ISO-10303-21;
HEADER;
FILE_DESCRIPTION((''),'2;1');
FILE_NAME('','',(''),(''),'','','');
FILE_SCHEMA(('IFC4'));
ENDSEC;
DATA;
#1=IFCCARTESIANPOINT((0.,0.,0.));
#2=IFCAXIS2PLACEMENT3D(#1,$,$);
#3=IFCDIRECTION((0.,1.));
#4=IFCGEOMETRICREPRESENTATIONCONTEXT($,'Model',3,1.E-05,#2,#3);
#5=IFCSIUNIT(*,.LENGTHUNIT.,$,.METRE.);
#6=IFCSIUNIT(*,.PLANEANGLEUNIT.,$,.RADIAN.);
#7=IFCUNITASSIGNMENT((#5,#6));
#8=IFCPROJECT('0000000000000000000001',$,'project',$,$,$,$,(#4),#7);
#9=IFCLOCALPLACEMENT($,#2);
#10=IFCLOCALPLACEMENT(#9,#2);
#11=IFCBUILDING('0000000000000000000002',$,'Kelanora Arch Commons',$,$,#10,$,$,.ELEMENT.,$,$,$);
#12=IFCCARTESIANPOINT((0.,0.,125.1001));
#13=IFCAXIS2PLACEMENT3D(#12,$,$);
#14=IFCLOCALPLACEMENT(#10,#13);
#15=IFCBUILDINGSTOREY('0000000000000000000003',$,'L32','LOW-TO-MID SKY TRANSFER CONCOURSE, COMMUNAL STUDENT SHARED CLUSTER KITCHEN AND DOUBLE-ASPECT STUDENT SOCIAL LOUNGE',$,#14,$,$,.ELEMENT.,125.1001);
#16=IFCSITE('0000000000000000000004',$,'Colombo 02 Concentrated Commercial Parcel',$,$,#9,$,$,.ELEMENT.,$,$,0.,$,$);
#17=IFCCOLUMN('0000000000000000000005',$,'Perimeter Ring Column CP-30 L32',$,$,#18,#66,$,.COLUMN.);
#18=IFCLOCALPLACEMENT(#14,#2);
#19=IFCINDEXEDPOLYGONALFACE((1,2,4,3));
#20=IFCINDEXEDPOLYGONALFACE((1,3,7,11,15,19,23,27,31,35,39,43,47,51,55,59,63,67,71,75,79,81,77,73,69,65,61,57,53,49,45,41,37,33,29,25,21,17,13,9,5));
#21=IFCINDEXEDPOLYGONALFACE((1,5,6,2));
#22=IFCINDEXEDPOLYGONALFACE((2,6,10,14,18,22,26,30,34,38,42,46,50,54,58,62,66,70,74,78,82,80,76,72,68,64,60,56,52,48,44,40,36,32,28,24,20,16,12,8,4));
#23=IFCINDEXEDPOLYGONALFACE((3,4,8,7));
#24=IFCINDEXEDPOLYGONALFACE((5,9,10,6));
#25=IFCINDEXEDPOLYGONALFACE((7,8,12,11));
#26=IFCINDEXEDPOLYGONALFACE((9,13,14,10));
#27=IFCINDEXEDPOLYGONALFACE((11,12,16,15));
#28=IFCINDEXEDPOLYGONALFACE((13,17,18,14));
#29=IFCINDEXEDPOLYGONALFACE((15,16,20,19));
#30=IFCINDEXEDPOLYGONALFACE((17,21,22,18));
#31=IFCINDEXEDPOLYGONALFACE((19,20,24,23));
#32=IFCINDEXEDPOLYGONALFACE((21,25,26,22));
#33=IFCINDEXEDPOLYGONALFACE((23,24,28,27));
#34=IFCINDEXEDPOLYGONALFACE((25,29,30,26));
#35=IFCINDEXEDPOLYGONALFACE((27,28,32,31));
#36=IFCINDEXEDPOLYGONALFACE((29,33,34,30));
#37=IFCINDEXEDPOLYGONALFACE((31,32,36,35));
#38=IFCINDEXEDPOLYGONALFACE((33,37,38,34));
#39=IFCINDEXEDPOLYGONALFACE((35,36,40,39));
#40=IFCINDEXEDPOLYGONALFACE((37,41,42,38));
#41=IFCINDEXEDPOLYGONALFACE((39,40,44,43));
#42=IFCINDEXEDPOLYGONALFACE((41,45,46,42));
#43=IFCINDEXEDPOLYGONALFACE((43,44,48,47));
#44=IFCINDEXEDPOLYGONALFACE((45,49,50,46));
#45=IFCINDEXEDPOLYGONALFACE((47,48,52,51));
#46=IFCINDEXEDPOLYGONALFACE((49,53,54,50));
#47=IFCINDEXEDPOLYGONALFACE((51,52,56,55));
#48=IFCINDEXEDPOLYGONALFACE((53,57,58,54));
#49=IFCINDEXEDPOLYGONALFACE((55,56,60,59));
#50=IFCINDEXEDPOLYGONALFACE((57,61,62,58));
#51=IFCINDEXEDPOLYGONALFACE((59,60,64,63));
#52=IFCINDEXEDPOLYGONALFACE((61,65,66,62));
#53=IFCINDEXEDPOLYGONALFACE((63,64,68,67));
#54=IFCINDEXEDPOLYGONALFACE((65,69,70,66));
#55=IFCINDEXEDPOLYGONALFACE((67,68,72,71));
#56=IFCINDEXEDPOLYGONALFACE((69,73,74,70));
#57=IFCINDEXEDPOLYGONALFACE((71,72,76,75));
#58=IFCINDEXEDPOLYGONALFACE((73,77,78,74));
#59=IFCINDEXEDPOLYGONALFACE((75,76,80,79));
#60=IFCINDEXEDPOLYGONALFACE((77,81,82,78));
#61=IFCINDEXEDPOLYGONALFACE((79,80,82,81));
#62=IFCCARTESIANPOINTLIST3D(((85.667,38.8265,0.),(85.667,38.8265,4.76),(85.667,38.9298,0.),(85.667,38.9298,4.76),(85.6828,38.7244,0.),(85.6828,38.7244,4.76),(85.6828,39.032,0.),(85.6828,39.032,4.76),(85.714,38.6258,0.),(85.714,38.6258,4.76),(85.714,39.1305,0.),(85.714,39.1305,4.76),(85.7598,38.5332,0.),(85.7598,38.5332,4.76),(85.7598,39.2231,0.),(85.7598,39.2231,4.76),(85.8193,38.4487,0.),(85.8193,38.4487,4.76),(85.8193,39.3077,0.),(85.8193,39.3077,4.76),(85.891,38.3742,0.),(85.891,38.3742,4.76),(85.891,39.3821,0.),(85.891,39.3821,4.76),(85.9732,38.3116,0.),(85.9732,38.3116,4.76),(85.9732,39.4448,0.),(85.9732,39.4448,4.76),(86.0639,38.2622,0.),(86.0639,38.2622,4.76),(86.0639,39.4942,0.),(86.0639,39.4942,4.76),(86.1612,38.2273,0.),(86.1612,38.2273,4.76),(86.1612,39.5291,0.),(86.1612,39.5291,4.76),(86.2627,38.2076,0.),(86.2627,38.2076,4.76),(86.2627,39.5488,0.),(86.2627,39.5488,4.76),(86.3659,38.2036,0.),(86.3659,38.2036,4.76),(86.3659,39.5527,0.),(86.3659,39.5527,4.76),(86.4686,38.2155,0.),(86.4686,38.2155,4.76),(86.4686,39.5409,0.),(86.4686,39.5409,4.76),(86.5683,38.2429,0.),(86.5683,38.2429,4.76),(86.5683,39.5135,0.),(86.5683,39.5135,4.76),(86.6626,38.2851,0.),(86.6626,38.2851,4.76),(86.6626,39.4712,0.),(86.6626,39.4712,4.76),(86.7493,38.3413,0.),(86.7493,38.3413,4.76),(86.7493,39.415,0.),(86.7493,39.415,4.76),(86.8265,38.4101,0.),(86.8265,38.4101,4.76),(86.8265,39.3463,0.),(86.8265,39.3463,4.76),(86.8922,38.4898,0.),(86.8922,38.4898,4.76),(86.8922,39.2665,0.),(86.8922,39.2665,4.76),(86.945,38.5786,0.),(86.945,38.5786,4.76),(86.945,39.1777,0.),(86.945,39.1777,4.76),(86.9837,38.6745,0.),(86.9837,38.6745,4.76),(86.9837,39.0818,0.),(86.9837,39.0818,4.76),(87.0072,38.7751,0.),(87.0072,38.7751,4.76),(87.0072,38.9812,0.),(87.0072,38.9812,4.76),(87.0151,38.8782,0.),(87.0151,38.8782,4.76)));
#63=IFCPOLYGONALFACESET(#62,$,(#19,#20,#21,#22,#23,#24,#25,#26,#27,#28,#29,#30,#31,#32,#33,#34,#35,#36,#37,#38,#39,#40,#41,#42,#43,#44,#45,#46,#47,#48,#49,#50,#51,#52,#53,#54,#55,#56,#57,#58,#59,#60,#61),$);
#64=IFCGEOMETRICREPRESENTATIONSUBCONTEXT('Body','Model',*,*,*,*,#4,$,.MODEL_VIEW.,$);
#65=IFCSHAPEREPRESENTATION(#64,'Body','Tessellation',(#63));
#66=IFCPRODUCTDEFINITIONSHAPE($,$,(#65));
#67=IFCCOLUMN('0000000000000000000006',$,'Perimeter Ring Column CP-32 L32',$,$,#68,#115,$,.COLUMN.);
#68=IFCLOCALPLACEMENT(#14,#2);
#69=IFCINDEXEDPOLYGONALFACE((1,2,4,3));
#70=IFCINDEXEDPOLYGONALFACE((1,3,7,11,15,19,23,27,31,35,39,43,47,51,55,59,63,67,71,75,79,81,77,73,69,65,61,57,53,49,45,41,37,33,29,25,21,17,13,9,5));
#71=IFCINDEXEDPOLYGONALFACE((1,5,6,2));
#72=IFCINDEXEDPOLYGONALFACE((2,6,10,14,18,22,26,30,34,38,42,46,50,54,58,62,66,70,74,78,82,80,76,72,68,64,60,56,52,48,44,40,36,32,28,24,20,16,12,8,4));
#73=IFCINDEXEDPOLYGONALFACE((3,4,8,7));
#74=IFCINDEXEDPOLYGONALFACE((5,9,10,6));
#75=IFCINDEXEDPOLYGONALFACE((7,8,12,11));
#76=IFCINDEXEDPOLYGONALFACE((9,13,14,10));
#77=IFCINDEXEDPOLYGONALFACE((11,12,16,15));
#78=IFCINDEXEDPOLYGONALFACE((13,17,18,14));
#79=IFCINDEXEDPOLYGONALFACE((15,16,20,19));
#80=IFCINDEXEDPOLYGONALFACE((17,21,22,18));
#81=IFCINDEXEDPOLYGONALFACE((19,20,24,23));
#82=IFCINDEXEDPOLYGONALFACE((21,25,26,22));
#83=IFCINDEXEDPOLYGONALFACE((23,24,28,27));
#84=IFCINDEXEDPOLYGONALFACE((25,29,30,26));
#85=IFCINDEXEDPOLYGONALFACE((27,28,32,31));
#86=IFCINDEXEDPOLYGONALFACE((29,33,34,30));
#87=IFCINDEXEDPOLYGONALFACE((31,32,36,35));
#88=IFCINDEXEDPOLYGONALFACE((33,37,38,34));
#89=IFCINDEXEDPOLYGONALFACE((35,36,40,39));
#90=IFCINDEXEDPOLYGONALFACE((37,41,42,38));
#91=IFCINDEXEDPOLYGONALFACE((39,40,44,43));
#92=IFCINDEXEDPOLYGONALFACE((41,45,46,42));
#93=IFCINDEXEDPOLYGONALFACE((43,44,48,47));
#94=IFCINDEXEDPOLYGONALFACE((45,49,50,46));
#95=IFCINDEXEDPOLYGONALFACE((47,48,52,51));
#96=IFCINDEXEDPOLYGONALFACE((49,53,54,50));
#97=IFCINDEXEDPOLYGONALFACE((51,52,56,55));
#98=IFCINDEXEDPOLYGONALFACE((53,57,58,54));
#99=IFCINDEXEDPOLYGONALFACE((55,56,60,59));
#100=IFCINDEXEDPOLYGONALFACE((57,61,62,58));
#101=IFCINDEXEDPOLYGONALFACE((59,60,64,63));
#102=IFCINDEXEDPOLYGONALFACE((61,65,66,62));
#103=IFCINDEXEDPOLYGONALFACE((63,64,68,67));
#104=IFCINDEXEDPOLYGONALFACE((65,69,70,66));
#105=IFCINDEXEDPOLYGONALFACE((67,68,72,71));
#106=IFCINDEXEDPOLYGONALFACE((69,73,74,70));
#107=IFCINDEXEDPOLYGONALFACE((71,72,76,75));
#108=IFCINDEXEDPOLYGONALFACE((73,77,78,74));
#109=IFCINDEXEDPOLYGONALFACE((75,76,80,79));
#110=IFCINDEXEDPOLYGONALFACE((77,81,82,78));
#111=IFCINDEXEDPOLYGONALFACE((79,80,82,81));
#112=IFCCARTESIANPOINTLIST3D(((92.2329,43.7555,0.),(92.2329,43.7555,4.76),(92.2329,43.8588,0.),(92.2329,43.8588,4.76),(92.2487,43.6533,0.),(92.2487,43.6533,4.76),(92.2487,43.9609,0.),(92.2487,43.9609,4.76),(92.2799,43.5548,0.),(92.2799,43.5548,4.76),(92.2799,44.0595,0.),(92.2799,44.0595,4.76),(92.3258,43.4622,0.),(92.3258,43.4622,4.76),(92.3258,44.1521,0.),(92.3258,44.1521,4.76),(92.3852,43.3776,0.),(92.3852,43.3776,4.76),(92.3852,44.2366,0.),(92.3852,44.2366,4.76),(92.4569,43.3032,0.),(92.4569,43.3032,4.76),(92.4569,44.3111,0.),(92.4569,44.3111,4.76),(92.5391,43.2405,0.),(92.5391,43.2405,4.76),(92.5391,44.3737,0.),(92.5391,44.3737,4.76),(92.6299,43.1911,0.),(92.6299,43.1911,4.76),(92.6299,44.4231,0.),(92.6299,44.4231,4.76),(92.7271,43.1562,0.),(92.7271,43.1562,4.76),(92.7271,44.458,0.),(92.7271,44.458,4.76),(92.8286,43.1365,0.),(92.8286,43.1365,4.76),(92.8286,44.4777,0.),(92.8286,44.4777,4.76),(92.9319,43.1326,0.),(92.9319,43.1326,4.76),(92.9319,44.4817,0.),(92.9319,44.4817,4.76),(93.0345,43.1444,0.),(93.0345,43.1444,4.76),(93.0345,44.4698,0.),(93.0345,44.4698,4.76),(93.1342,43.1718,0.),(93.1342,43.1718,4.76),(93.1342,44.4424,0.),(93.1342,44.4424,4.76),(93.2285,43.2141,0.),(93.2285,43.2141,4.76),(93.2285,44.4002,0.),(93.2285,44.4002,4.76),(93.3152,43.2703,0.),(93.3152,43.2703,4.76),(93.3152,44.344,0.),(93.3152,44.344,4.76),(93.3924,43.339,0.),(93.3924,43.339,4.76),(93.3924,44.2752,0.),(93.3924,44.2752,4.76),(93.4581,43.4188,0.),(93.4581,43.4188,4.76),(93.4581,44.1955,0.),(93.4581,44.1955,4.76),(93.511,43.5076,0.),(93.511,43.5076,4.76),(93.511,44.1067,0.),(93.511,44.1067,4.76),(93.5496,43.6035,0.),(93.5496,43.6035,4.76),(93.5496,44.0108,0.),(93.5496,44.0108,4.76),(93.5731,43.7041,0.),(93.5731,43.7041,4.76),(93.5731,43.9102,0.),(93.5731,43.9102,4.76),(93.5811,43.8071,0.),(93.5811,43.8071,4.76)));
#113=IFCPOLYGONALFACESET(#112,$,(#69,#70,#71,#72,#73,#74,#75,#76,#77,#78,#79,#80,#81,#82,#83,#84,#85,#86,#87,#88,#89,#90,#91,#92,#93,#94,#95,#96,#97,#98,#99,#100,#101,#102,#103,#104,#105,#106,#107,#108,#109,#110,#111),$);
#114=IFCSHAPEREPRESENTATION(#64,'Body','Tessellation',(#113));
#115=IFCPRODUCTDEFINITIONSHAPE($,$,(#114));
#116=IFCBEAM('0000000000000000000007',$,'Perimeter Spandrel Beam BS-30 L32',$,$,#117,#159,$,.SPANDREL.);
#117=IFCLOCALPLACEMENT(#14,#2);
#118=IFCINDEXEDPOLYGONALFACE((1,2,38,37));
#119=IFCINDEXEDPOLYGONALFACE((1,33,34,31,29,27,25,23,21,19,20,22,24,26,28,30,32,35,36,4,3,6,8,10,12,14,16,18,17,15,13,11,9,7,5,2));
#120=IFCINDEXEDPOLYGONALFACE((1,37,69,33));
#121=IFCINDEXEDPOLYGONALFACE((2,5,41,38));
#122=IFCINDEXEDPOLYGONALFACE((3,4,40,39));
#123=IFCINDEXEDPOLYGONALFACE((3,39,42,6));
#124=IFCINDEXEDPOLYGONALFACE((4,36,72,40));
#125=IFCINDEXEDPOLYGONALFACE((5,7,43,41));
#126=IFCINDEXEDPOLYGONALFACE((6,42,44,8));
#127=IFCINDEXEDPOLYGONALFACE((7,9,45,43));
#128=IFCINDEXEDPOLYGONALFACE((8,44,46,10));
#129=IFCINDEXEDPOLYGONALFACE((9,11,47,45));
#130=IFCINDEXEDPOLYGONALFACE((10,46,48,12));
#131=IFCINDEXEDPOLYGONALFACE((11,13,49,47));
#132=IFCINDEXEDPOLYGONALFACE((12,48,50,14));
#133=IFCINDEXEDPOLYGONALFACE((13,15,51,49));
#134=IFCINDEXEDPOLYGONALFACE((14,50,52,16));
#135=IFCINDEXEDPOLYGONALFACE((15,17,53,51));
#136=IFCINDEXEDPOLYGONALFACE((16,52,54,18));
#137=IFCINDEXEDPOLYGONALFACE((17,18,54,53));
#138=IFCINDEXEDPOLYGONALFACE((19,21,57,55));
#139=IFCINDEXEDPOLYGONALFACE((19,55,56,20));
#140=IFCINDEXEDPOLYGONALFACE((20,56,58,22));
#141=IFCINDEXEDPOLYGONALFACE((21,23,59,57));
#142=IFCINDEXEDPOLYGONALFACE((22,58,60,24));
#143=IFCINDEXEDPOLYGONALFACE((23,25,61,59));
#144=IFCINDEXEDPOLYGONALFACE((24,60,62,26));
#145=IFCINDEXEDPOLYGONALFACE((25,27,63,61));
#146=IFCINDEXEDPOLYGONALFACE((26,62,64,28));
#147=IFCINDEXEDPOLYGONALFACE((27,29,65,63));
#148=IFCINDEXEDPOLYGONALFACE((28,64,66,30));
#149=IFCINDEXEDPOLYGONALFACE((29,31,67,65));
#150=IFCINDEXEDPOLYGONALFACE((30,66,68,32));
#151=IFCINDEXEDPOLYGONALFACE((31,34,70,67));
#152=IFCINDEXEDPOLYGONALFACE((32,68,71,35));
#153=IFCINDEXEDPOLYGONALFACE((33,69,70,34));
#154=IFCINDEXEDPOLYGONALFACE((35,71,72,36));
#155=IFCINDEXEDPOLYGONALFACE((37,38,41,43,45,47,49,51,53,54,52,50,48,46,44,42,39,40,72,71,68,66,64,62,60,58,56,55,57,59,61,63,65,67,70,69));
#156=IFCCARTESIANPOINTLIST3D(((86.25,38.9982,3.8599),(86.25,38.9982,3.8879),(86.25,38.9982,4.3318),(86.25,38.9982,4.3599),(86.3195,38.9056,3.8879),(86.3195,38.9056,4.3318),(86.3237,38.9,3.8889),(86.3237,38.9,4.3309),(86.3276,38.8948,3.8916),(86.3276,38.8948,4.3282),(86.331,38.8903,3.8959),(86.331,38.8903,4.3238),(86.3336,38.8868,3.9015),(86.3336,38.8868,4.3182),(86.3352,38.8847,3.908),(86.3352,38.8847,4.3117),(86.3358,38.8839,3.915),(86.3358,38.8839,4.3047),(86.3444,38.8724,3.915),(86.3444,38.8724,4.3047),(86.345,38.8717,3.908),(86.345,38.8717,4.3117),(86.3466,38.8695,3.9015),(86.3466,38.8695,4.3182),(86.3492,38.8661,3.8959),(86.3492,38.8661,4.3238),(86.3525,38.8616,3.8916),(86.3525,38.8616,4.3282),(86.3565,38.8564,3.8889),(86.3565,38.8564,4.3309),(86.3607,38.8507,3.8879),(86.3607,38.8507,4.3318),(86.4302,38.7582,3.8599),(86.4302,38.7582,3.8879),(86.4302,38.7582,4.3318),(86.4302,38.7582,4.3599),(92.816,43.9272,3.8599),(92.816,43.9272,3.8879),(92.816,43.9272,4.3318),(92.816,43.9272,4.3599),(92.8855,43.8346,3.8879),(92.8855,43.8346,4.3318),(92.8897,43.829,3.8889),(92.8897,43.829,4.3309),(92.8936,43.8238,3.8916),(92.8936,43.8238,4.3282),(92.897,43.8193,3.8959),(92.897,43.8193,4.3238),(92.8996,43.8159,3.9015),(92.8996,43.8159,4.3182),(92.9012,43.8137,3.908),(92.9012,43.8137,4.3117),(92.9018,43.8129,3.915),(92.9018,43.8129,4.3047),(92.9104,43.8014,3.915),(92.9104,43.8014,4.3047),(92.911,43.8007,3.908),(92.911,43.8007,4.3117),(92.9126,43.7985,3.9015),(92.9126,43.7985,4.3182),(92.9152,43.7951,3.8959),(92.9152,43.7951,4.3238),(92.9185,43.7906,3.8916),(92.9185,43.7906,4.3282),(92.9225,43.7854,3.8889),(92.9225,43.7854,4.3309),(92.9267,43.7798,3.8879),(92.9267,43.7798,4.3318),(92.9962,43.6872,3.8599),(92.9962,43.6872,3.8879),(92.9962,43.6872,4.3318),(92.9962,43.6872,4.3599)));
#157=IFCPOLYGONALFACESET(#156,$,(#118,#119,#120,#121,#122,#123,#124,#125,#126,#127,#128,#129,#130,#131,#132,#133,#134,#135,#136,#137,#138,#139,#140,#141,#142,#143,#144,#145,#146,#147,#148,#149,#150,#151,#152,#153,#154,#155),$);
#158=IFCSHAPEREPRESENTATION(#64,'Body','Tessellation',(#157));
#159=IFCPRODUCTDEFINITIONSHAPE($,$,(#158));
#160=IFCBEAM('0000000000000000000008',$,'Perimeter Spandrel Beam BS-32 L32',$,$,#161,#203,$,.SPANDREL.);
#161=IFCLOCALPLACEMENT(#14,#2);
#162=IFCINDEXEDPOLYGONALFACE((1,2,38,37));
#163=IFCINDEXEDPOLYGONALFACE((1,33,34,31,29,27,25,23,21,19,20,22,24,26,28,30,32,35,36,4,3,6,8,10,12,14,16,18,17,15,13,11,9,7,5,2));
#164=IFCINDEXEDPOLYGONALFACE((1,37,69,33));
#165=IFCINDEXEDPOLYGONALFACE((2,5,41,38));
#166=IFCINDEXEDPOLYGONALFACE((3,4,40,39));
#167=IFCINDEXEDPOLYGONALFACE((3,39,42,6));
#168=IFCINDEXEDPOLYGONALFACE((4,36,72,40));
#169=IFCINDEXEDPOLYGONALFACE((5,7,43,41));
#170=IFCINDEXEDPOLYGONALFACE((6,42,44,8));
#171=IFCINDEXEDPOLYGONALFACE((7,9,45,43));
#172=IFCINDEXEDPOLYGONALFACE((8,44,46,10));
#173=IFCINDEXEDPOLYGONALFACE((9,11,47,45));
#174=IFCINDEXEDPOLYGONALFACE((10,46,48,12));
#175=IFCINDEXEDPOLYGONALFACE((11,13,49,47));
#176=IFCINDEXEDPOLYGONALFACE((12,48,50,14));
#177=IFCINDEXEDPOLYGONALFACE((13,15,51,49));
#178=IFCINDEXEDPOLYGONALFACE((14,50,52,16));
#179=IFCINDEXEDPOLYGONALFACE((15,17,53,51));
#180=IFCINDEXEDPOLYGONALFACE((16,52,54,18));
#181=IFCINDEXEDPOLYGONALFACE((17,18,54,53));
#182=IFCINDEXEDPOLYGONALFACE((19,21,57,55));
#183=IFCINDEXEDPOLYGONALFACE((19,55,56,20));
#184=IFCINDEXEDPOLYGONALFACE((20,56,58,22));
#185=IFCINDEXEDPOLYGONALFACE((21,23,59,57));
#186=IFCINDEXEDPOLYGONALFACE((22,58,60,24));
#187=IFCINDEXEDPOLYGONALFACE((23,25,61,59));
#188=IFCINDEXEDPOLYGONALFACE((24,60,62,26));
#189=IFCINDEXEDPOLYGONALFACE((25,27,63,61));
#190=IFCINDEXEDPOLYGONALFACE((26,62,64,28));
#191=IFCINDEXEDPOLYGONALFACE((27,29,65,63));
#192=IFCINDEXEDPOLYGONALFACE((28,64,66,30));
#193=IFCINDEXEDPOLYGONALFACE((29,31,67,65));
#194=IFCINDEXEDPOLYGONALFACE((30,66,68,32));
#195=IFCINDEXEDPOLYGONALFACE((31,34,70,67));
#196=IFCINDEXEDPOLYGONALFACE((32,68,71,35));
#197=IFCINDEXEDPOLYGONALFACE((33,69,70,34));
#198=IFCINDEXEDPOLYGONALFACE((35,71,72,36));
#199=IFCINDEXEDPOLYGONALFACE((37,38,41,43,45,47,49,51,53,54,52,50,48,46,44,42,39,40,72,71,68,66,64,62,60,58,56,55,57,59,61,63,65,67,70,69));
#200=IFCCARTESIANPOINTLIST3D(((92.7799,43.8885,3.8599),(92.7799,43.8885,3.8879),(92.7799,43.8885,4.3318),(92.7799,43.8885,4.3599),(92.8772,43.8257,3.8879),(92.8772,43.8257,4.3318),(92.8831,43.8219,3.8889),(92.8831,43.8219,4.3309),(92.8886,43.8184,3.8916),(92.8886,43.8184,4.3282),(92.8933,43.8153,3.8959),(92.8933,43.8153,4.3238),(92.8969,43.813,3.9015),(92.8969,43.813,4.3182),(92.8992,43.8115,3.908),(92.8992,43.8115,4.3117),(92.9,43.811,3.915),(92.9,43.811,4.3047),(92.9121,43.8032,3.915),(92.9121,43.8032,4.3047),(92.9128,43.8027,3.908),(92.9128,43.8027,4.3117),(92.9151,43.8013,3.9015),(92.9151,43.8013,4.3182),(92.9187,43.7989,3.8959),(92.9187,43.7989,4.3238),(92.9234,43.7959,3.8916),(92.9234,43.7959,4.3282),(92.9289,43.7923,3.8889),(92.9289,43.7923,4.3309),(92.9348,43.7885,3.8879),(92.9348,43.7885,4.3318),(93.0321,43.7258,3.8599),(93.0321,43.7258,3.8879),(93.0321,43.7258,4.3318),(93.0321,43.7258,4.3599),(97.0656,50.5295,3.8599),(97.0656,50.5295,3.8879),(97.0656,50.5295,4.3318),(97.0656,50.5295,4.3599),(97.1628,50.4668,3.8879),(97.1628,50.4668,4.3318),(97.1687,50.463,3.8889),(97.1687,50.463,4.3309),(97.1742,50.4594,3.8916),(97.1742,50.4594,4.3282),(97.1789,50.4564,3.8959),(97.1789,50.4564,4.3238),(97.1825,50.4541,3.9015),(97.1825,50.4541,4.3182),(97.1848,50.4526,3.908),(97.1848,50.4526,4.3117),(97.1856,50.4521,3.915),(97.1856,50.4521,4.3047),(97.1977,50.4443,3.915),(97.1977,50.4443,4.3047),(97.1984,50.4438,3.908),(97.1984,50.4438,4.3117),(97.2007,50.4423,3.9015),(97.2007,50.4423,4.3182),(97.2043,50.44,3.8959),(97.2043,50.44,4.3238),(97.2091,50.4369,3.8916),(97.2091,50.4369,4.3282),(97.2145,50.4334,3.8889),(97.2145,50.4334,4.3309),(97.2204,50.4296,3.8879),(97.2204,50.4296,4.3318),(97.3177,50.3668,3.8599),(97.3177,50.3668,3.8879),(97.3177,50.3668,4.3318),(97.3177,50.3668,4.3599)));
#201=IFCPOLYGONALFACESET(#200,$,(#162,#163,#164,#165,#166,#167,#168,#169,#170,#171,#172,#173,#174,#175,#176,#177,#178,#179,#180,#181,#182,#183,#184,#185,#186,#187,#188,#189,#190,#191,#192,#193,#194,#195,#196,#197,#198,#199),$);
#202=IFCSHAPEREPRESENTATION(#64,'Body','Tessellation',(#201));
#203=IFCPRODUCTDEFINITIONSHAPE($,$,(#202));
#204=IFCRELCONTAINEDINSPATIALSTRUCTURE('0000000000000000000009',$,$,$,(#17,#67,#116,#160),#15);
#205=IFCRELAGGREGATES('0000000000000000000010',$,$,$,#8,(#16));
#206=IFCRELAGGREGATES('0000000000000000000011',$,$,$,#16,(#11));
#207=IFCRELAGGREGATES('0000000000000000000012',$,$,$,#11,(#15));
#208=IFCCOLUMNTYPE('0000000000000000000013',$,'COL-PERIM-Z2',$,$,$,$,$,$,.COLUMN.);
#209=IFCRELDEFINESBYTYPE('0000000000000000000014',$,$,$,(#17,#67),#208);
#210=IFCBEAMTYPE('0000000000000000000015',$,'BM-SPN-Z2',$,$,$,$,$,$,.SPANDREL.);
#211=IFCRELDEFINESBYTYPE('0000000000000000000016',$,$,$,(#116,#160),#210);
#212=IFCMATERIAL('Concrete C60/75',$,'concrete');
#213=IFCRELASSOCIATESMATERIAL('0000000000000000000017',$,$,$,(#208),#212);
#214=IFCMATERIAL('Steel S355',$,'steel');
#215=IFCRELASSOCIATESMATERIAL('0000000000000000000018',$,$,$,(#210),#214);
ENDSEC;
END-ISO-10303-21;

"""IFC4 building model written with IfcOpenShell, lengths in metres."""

from ifc_helpers import new_model, si_unit, direction, frame, origin, origin_2d, place, context, subcontext, project, spatial, circle, i_section, extrude, material, material_profile, profile_set, type_object, element, save


model = new_model("IFC4")

# Units and contexts
model_context = context("Model", 3, precision=1e-05, world=origin(), true_north=direction((0.0, 1.0)))
body_context = subcontext(model_context, "Body", "Model", "MODEL_VIEW")
ifc_project = project(units=[si_unit("LENGTHUNIT", "METRE"), si_unit("PLANEANGLEUNIT", "RADIAN")], contexts=[model_context])

# Site, building, storey
site_placement = place(None, origin())
site = spatial("IfcSite", under=ifc_project, at=site_placement, Name="Colombo 02 Concentrated Commercial Parcel", CompositionType="ELEMENT", RefElevation=0.0)
building_placement = place(site_placement, origin())
building = spatial("IfcBuilding", under=site, at=building_placement, Name="Kelanora Arch Commons", CompositionType="ELEMENT")
storey_placement = place(building_placement, frame((0.0, 0.0, 125.1001)))
storey = spatial("IfcBuildingStorey", under=building, at=storey_placement, Name="L32", Description="LOW-TO-MID SKY TRANSFER CONCOURSE, COMMUNAL STUDENT SHARED CLUSTER KITCHEN AND DOUBLE-ASPECT STUDENT SOCIAL LOUNGE", CompositionType="ELEMENT", Elevation=125.1001)

# Columns
ifc_material_1 = material(Name="Concrete C60/75", Category="concrete")
ifc_material_profile_1 = material_profile(ifc_material_1, circle(Radius=0.675, at=origin_2d()), Name="RCC1350")
ifc_profile_set_1 = profile_set([ifc_material_profile_1], Name="Concrete C60/75")
column_type = type_object("IfcColumnType", Name="COL-PERIM-Z2", PredefinedType="COLUMN", material=ifc_profile_set_1)
for number, where, z_axis, x_axis, name in (
    (1, (86.3401, 38.8782, 0.0), (0.0, 0.0, 1.0), (1.0, 0.0, 0.0), "Perimeter Ring Column CP-30 L32"),
    (2, (92.906, 43.8071, 0.0), (0.0, 0.0, 1.0), (1.0, 0.0, 0.0), "Perimeter Ring Column CP-32 L32"),
):
    element("IfcColumn", number, at=place(storey_placement, frame(where, z_axis=z_axis, x_axis=x_axis)), inside=storey, type_object=column_type, Name=name, PredefinedType="COLUMN", context=body_context, shape_type="SweptSolid", body=[
        extrude(circle(Radius=0.675, at=origin_2d()), origin(), (0.0, 0.0, 1.0), 4.76),
    ])

# Beams
ifc_material_2 = material(Name="Steel S355", Category="steel")
ifc_material_profile_2 = material_profile(ifc_material_2, i_section(OverallWidth=0.3, OverallDepth=0.5, WebThickness=0.0144, FlangeThickness=0.0281, FilletRadius=0.0271, at=origin_2d()), Name="HEB500")
ifc_profile_set_2 = profile_set([ifc_material_profile_2], Name="Steel S355")
beam_type_1 = type_object("IfcBeamType", Name="BM-SPN-Z2", PredefinedType="SPANDREL", material=ifc_profile_set_2)
beam_1_placement = place(storey_placement, frame((86.3401, 38.8782, 4.1099), z_axis=(0.799736, 0.600352, 0.0), x_axis=(-0.600352, 0.799736, 0.0)))
element("IfcBeam", 3, at=beam_1_placement, inside=storey, type_object=beam_type_1, Name="Perimeter Spandrel Beam BS-30 L32", PredefinedType="SPANDREL", context=body_context, shape_type="SweptSolid", body=[
    extrude(i_section(OverallWidth=0.3, OverallDepth=0.5, WebThickness=0.0144, FlangeThickness=0.0281, FilletRadius=0.0271, at=origin_2d()), origin(), (0.0, 0.0, 1.0), 8.2102),
])
beam_2_placement = place(storey_placement, frame((92.906, 43.8071, 4.1099), z_axis=(0.542221, 0.840236, 0.0), x_axis=(-0.840236, 0.542221, 0.0)))
element("IfcBeam", 4, at=beam_2_placement, inside=storey, type_object=beam_type_1, Name="Perimeter Spandrel Beam BS-32 L32", PredefinedType="SPANDREL", context=body_context, shape_type="SweptSolid", body=[
    extrude(i_section(OverallWidth=0.3, OverallDepth=0.5, WebThickness=0.0144, FlangeThickness=0.0281, FilletRadius=0.0271, at=origin_2d()), origin(), (0.0, 0.0, 1.0), 7.9038),
])

save(model, "model.ifc")
